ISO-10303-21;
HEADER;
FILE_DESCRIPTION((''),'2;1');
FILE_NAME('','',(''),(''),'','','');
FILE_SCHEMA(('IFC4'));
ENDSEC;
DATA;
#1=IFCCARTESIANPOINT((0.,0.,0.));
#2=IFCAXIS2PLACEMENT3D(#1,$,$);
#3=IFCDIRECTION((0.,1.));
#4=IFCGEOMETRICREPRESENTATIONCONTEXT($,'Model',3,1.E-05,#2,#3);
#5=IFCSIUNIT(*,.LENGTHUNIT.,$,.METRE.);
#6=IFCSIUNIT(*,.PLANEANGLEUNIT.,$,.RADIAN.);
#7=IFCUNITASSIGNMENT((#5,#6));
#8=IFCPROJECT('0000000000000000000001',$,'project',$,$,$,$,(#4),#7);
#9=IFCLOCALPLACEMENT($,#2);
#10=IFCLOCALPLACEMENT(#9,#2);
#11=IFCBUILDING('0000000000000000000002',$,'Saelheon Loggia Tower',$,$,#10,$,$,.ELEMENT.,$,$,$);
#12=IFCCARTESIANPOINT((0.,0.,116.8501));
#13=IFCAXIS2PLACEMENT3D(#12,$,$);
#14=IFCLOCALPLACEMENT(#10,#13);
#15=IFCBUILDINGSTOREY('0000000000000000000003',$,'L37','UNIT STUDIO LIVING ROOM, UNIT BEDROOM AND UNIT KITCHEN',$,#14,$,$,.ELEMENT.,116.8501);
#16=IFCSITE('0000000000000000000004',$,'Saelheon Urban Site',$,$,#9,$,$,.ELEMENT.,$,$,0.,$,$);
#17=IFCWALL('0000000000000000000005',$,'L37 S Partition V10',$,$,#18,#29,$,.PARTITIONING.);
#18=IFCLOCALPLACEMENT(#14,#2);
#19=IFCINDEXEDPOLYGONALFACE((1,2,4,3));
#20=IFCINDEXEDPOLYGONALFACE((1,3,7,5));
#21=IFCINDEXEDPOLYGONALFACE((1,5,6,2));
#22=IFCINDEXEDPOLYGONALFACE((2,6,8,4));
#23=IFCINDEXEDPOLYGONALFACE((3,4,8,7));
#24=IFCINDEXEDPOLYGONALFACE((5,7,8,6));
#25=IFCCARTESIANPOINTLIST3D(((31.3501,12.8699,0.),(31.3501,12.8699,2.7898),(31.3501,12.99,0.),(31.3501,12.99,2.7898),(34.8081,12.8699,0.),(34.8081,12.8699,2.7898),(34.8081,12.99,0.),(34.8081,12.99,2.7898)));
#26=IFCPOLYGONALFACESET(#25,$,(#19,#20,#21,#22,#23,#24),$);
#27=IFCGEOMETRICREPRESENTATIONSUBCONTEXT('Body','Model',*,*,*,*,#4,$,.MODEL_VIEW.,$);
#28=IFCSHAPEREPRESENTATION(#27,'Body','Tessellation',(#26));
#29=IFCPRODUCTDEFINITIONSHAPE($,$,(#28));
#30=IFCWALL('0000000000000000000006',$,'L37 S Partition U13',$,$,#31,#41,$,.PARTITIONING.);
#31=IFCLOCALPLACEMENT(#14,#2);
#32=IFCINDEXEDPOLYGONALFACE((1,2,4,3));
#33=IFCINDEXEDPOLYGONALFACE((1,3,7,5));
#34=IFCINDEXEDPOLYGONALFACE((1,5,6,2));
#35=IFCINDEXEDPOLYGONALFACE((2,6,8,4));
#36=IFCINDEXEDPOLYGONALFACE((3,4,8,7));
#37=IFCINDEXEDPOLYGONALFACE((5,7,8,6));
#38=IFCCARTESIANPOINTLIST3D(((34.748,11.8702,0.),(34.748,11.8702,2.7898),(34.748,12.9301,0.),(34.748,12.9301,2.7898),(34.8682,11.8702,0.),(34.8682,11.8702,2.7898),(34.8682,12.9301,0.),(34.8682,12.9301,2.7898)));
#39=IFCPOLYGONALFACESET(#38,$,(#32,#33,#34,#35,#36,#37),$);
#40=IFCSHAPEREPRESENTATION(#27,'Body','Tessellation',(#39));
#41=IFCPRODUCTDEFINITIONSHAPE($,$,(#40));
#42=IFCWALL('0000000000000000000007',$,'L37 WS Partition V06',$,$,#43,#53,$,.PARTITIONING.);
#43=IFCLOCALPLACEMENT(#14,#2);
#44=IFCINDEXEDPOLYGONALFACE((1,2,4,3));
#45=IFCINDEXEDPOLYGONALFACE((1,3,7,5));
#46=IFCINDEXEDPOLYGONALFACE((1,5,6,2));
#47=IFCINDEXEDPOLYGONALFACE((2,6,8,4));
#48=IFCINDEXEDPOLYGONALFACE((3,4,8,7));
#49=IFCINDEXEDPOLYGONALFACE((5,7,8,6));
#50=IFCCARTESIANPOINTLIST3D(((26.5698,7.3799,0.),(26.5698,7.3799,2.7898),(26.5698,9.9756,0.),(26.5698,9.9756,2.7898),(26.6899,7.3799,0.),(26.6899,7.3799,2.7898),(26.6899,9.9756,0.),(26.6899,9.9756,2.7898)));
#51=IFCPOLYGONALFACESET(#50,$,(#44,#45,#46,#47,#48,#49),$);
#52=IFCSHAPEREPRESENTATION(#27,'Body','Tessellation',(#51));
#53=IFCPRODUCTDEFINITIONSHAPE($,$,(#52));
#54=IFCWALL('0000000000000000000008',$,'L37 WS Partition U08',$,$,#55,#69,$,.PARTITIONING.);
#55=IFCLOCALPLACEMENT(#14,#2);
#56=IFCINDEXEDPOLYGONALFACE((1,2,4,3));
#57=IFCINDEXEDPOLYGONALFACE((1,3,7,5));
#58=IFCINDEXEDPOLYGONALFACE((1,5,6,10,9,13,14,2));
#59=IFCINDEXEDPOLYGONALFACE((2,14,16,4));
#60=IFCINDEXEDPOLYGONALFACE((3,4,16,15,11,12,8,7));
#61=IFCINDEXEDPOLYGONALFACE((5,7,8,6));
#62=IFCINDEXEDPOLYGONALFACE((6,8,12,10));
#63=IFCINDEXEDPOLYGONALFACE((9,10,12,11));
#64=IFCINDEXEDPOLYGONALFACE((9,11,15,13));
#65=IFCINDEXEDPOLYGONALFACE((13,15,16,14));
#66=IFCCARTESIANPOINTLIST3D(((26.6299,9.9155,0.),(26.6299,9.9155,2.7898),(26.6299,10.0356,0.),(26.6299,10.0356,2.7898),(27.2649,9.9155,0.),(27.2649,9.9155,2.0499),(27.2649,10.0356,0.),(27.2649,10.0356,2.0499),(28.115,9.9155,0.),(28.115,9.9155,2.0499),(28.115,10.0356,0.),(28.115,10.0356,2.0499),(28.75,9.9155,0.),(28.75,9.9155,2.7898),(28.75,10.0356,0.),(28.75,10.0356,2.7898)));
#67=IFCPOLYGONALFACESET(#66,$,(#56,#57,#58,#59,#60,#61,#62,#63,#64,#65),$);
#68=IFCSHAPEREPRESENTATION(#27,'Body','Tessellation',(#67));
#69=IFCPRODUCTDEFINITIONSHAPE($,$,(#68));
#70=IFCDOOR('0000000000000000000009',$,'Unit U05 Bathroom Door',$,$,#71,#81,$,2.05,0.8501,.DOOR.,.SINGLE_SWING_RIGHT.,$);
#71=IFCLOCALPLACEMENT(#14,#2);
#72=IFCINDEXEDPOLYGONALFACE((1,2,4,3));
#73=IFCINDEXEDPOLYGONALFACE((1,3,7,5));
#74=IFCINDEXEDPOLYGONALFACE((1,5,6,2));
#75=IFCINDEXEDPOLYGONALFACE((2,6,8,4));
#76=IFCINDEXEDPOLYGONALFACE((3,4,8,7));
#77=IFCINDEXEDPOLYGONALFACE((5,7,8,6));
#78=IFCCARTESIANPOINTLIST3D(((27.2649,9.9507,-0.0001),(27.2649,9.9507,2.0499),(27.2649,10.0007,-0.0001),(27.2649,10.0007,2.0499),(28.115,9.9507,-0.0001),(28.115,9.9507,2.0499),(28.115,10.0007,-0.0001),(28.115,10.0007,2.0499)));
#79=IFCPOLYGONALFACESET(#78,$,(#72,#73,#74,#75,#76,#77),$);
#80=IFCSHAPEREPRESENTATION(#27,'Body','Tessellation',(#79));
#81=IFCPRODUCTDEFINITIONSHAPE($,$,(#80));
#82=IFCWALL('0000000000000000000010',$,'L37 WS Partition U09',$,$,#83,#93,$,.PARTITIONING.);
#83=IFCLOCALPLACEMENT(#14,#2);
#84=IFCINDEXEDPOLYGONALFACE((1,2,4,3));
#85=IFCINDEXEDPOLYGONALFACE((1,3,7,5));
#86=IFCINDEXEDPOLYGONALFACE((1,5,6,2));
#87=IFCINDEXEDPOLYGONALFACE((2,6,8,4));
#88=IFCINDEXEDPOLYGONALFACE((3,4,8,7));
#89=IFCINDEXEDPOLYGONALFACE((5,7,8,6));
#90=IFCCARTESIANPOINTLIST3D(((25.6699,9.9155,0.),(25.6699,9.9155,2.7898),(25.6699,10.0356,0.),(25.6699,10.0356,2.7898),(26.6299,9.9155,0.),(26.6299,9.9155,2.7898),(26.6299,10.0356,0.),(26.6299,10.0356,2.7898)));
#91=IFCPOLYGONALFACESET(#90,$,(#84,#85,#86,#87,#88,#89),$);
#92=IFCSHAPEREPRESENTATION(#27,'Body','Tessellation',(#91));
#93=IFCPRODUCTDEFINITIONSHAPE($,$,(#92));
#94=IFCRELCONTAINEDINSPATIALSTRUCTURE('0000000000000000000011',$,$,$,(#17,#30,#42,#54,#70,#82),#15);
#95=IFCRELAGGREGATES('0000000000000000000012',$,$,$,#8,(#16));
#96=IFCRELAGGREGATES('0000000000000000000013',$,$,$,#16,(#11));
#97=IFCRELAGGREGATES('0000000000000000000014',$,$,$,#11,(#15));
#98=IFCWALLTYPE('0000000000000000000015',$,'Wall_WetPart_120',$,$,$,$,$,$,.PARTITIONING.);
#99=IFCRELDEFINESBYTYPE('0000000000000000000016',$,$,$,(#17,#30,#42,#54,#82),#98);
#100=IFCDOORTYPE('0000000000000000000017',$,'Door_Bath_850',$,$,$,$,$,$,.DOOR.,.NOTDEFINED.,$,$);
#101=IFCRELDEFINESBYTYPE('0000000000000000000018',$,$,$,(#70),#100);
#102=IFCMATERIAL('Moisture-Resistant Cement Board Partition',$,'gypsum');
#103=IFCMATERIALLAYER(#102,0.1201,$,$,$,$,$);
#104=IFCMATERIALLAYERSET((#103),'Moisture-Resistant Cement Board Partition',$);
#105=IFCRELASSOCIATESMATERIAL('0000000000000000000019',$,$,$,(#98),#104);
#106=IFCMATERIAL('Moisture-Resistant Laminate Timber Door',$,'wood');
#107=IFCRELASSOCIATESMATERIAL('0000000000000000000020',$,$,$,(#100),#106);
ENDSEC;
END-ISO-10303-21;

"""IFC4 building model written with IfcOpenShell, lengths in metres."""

from ifc_helpers import new_model, si_unit, direction, frame, frame_2d, origin, place, context, subcontext, project, spatial, rectangle, extrude, source, transform, mapped, material, layer, layer_set, type_object, element, fill, save


model = new_model("IFC4")

# Units and contexts
model_context = context("Model", 3, precision=1e-05, world=origin(), true_north=direction((0.0, 1.0)))
body_context = subcontext(model_context, "Body", "Model", "MODEL_VIEW")
ifc_project = project(units=[si_unit("LENGTHUNIT", "METRE"), si_unit("PLANEANGLEUNIT", "RADIAN")], contexts=[model_context])

# Site, building, storey
site_placement = place(None, origin())
site = spatial("IfcSite", under=ifc_project, at=site_placement, Name="Saelheon Urban Site", CompositionType="ELEMENT", RefElevation=0.0)
building_placement = place(site_placement, origin())
building = spatial("IfcBuilding", under=site, at=building_placement, Name="Saelheon Loggia Tower", CompositionType="ELEMENT")
storey_placement = place(building_placement, frame((0.0, 0.0, 116.8501)))
storey = spatial("IfcBuildingStorey", under=building, at=storey_placement, Name="L37", Description="UNIT STUDIO LIVING ROOM, UNIT BEDROOM AND UNIT KITCHEN", CompositionType="ELEMENT", Elevation=116.8501)

# Walls
ifc_material_1 = material(Name="Moisture-Resistant Cement Board Partition", Category="gypsum")
ifc_layer_1 = layer(ifc_material_1, 0.1201)
ifc_layer_set_1 = layer_set([ifc_layer_1], Name="Moisture-Resistant Cement Board Partition")
wall_type_1 = type_object("IfcWallType", Name="Wall_WetPart_120", PredefinedType="PARTITIONING", material=ifc_layer_set_1)
wall_1_placement = place(storey_placement, frame((31.3501, 12.9299, 0.0), z_axis=(0.0, 0.0, 1.0), x_axis=(1.0, 0.0, 0.0)))
element("IfcWall", 1, at=wall_1_placement, inside=storey, type_object=wall_type_1, Name="L37 S Partition V10", PredefinedType="PARTITIONING", context=body_context, shape_type="SweptSolid", body=[
    extrude(rectangle(XDim=3.458, YDim=0.1201, at=frame_2d((1.729, 0.0))), origin(), (0.0, 0.0, 1.0), 2.7898),
])
wall_2_placement = place(storey_placement, frame((34.8081, 12.9299, 0.0), z_axis=(0.0, 0.0, 1.0), x_axis=(0.0, -1.0, 0.0)))
element("IfcWall", 2, at=wall_2_placement, inside=storey, type_object=wall_type_1, Name="L37 S Partition U13", PredefinedType="PARTITIONING", context=body_context, shape_type="SweptSolid", body=[
    extrude(rectangle(XDim=1.0598, YDim=0.1201, at=frame_2d((0.5298, 0.0))), origin(), (0.0, 0.0, 1.0), 2.7898),
])
wall_3_placement = place(storey_placement, frame((26.6299, 7.3799, 0.0), z_axis=(0.0, 0.0, 1.0), x_axis=(0.0, 1.0, 0.0)))
element("IfcWall", 3, at=wall_3_placement, inside=storey, type_object=wall_type_1, Name="L37 WS Partition V06", PredefinedType="PARTITIONING", context=body_context, shape_type="SweptSolid", body=[
    extrude(rectangle(XDim=2.5957, YDim=0.1201, at=frame_2d((1.2979, 0.0))), origin(), (0.0, 0.0, 1.0), 2.7898),
])

# Wall, opening, door
wall_4_placement = place(storey_placement, frame((28.75, 9.9756, 0.0), z_axis=(0.0, 0.0, 1.0), x_axis=(-1.0, 0.0, 0.0)))
wall_4 = element("IfcWall", 4, at=wall_4_placement, inside=storey, type_object=wall_type_1, Name="L37 WS Partition U08", PredefinedType="PARTITIONING", context=body_context, shape_type="SweptSolid", body=[
    extrude(rectangle(XDim=2.1201, YDim=0.1201, at=frame_2d((1.0601, 0.0))), origin(), (0.0, 0.0, 1.0), 2.7898),
])
opening_1_placement = place(wall_4_placement, frame((0.635, 0.0, 0.0)))
opening_1 = element("IfcOpeningElement", 5, at=opening_1_placement, cuts=wall_4, PredefinedType="OPENING", context=body_context, shape_type="SweptSolid", body=[
    extrude(rectangle(XDim=0.8501, YDim=2.05, at=frame_2d((0.425, 1.0249))), frame((0.0, 0.072, 0.0), z_axis=(0.0, -1.0, 0.0), x_axis=(1.0, 0.0, 0.0)), (0.0, 0.0, 1.0), 0.144),
])
ifc_material_2 = material(Name="Moisture-Resistant Laminate Timber Door", Category="wood")
door_type_1 = type_object("IfcDoorType", Name="Door_Bath_850", OperationType="NOTDEFINED", PredefinedType="DOOR", material=ifc_material_2)
shared_shape_1 = source(origin(), body_context, "Body", "SweptSolid", [
    extrude(rectangle(XDim=0.8501, YDim=2.05, at=frame_2d((0.425, 1.0249))), frame((0.0, 0.0249, 0.0), z_axis=(0.0, -1.0, 0.0), x_axis=(1.0, 0.0, 0.0)), (0.0, 0.0, 1.0), 0.05),
])
door_1_placement = place(opening_1_placement, origin())
door_1 = element("IfcDoor", 6, at=door_1_placement, inside=storey, type_object=door_type_1, Name="Unit U05 Bathroom Door", OperationType="SINGLE_SWING_RIGHT", OverallHeight=2.05, OverallWidth=0.8501, PredefinedType="DOOR", context=body_context, shape_type="MappedRepresentation", body=[
    mapped(shared_shape_1, transform((0.0, 0.0, 0.0), scale=1.0)),
])
fill(opening_1, door_1)

# Wall
wall_5_placement = place(storey_placement, frame((26.6299, 9.9756, 0.0), z_axis=(0.0, 0.0, 1.0), x_axis=(-1.0, 0.0, 0.0)))
element("IfcWall", 7, at=wall_5_placement, inside=storey, type_object=wall_type_1, Name="L37 WS Partition U09", PredefinedType="PARTITIONING", context=body_context, shape_type="SweptSolid", body=[
    extrude(rectangle(XDim=0.96, YDim=0.1201, at=frame_2d((0.48, 0.0))), origin(), (0.0, 0.0, 1.0), 2.7898),
])

save(model, "model.ifc")
